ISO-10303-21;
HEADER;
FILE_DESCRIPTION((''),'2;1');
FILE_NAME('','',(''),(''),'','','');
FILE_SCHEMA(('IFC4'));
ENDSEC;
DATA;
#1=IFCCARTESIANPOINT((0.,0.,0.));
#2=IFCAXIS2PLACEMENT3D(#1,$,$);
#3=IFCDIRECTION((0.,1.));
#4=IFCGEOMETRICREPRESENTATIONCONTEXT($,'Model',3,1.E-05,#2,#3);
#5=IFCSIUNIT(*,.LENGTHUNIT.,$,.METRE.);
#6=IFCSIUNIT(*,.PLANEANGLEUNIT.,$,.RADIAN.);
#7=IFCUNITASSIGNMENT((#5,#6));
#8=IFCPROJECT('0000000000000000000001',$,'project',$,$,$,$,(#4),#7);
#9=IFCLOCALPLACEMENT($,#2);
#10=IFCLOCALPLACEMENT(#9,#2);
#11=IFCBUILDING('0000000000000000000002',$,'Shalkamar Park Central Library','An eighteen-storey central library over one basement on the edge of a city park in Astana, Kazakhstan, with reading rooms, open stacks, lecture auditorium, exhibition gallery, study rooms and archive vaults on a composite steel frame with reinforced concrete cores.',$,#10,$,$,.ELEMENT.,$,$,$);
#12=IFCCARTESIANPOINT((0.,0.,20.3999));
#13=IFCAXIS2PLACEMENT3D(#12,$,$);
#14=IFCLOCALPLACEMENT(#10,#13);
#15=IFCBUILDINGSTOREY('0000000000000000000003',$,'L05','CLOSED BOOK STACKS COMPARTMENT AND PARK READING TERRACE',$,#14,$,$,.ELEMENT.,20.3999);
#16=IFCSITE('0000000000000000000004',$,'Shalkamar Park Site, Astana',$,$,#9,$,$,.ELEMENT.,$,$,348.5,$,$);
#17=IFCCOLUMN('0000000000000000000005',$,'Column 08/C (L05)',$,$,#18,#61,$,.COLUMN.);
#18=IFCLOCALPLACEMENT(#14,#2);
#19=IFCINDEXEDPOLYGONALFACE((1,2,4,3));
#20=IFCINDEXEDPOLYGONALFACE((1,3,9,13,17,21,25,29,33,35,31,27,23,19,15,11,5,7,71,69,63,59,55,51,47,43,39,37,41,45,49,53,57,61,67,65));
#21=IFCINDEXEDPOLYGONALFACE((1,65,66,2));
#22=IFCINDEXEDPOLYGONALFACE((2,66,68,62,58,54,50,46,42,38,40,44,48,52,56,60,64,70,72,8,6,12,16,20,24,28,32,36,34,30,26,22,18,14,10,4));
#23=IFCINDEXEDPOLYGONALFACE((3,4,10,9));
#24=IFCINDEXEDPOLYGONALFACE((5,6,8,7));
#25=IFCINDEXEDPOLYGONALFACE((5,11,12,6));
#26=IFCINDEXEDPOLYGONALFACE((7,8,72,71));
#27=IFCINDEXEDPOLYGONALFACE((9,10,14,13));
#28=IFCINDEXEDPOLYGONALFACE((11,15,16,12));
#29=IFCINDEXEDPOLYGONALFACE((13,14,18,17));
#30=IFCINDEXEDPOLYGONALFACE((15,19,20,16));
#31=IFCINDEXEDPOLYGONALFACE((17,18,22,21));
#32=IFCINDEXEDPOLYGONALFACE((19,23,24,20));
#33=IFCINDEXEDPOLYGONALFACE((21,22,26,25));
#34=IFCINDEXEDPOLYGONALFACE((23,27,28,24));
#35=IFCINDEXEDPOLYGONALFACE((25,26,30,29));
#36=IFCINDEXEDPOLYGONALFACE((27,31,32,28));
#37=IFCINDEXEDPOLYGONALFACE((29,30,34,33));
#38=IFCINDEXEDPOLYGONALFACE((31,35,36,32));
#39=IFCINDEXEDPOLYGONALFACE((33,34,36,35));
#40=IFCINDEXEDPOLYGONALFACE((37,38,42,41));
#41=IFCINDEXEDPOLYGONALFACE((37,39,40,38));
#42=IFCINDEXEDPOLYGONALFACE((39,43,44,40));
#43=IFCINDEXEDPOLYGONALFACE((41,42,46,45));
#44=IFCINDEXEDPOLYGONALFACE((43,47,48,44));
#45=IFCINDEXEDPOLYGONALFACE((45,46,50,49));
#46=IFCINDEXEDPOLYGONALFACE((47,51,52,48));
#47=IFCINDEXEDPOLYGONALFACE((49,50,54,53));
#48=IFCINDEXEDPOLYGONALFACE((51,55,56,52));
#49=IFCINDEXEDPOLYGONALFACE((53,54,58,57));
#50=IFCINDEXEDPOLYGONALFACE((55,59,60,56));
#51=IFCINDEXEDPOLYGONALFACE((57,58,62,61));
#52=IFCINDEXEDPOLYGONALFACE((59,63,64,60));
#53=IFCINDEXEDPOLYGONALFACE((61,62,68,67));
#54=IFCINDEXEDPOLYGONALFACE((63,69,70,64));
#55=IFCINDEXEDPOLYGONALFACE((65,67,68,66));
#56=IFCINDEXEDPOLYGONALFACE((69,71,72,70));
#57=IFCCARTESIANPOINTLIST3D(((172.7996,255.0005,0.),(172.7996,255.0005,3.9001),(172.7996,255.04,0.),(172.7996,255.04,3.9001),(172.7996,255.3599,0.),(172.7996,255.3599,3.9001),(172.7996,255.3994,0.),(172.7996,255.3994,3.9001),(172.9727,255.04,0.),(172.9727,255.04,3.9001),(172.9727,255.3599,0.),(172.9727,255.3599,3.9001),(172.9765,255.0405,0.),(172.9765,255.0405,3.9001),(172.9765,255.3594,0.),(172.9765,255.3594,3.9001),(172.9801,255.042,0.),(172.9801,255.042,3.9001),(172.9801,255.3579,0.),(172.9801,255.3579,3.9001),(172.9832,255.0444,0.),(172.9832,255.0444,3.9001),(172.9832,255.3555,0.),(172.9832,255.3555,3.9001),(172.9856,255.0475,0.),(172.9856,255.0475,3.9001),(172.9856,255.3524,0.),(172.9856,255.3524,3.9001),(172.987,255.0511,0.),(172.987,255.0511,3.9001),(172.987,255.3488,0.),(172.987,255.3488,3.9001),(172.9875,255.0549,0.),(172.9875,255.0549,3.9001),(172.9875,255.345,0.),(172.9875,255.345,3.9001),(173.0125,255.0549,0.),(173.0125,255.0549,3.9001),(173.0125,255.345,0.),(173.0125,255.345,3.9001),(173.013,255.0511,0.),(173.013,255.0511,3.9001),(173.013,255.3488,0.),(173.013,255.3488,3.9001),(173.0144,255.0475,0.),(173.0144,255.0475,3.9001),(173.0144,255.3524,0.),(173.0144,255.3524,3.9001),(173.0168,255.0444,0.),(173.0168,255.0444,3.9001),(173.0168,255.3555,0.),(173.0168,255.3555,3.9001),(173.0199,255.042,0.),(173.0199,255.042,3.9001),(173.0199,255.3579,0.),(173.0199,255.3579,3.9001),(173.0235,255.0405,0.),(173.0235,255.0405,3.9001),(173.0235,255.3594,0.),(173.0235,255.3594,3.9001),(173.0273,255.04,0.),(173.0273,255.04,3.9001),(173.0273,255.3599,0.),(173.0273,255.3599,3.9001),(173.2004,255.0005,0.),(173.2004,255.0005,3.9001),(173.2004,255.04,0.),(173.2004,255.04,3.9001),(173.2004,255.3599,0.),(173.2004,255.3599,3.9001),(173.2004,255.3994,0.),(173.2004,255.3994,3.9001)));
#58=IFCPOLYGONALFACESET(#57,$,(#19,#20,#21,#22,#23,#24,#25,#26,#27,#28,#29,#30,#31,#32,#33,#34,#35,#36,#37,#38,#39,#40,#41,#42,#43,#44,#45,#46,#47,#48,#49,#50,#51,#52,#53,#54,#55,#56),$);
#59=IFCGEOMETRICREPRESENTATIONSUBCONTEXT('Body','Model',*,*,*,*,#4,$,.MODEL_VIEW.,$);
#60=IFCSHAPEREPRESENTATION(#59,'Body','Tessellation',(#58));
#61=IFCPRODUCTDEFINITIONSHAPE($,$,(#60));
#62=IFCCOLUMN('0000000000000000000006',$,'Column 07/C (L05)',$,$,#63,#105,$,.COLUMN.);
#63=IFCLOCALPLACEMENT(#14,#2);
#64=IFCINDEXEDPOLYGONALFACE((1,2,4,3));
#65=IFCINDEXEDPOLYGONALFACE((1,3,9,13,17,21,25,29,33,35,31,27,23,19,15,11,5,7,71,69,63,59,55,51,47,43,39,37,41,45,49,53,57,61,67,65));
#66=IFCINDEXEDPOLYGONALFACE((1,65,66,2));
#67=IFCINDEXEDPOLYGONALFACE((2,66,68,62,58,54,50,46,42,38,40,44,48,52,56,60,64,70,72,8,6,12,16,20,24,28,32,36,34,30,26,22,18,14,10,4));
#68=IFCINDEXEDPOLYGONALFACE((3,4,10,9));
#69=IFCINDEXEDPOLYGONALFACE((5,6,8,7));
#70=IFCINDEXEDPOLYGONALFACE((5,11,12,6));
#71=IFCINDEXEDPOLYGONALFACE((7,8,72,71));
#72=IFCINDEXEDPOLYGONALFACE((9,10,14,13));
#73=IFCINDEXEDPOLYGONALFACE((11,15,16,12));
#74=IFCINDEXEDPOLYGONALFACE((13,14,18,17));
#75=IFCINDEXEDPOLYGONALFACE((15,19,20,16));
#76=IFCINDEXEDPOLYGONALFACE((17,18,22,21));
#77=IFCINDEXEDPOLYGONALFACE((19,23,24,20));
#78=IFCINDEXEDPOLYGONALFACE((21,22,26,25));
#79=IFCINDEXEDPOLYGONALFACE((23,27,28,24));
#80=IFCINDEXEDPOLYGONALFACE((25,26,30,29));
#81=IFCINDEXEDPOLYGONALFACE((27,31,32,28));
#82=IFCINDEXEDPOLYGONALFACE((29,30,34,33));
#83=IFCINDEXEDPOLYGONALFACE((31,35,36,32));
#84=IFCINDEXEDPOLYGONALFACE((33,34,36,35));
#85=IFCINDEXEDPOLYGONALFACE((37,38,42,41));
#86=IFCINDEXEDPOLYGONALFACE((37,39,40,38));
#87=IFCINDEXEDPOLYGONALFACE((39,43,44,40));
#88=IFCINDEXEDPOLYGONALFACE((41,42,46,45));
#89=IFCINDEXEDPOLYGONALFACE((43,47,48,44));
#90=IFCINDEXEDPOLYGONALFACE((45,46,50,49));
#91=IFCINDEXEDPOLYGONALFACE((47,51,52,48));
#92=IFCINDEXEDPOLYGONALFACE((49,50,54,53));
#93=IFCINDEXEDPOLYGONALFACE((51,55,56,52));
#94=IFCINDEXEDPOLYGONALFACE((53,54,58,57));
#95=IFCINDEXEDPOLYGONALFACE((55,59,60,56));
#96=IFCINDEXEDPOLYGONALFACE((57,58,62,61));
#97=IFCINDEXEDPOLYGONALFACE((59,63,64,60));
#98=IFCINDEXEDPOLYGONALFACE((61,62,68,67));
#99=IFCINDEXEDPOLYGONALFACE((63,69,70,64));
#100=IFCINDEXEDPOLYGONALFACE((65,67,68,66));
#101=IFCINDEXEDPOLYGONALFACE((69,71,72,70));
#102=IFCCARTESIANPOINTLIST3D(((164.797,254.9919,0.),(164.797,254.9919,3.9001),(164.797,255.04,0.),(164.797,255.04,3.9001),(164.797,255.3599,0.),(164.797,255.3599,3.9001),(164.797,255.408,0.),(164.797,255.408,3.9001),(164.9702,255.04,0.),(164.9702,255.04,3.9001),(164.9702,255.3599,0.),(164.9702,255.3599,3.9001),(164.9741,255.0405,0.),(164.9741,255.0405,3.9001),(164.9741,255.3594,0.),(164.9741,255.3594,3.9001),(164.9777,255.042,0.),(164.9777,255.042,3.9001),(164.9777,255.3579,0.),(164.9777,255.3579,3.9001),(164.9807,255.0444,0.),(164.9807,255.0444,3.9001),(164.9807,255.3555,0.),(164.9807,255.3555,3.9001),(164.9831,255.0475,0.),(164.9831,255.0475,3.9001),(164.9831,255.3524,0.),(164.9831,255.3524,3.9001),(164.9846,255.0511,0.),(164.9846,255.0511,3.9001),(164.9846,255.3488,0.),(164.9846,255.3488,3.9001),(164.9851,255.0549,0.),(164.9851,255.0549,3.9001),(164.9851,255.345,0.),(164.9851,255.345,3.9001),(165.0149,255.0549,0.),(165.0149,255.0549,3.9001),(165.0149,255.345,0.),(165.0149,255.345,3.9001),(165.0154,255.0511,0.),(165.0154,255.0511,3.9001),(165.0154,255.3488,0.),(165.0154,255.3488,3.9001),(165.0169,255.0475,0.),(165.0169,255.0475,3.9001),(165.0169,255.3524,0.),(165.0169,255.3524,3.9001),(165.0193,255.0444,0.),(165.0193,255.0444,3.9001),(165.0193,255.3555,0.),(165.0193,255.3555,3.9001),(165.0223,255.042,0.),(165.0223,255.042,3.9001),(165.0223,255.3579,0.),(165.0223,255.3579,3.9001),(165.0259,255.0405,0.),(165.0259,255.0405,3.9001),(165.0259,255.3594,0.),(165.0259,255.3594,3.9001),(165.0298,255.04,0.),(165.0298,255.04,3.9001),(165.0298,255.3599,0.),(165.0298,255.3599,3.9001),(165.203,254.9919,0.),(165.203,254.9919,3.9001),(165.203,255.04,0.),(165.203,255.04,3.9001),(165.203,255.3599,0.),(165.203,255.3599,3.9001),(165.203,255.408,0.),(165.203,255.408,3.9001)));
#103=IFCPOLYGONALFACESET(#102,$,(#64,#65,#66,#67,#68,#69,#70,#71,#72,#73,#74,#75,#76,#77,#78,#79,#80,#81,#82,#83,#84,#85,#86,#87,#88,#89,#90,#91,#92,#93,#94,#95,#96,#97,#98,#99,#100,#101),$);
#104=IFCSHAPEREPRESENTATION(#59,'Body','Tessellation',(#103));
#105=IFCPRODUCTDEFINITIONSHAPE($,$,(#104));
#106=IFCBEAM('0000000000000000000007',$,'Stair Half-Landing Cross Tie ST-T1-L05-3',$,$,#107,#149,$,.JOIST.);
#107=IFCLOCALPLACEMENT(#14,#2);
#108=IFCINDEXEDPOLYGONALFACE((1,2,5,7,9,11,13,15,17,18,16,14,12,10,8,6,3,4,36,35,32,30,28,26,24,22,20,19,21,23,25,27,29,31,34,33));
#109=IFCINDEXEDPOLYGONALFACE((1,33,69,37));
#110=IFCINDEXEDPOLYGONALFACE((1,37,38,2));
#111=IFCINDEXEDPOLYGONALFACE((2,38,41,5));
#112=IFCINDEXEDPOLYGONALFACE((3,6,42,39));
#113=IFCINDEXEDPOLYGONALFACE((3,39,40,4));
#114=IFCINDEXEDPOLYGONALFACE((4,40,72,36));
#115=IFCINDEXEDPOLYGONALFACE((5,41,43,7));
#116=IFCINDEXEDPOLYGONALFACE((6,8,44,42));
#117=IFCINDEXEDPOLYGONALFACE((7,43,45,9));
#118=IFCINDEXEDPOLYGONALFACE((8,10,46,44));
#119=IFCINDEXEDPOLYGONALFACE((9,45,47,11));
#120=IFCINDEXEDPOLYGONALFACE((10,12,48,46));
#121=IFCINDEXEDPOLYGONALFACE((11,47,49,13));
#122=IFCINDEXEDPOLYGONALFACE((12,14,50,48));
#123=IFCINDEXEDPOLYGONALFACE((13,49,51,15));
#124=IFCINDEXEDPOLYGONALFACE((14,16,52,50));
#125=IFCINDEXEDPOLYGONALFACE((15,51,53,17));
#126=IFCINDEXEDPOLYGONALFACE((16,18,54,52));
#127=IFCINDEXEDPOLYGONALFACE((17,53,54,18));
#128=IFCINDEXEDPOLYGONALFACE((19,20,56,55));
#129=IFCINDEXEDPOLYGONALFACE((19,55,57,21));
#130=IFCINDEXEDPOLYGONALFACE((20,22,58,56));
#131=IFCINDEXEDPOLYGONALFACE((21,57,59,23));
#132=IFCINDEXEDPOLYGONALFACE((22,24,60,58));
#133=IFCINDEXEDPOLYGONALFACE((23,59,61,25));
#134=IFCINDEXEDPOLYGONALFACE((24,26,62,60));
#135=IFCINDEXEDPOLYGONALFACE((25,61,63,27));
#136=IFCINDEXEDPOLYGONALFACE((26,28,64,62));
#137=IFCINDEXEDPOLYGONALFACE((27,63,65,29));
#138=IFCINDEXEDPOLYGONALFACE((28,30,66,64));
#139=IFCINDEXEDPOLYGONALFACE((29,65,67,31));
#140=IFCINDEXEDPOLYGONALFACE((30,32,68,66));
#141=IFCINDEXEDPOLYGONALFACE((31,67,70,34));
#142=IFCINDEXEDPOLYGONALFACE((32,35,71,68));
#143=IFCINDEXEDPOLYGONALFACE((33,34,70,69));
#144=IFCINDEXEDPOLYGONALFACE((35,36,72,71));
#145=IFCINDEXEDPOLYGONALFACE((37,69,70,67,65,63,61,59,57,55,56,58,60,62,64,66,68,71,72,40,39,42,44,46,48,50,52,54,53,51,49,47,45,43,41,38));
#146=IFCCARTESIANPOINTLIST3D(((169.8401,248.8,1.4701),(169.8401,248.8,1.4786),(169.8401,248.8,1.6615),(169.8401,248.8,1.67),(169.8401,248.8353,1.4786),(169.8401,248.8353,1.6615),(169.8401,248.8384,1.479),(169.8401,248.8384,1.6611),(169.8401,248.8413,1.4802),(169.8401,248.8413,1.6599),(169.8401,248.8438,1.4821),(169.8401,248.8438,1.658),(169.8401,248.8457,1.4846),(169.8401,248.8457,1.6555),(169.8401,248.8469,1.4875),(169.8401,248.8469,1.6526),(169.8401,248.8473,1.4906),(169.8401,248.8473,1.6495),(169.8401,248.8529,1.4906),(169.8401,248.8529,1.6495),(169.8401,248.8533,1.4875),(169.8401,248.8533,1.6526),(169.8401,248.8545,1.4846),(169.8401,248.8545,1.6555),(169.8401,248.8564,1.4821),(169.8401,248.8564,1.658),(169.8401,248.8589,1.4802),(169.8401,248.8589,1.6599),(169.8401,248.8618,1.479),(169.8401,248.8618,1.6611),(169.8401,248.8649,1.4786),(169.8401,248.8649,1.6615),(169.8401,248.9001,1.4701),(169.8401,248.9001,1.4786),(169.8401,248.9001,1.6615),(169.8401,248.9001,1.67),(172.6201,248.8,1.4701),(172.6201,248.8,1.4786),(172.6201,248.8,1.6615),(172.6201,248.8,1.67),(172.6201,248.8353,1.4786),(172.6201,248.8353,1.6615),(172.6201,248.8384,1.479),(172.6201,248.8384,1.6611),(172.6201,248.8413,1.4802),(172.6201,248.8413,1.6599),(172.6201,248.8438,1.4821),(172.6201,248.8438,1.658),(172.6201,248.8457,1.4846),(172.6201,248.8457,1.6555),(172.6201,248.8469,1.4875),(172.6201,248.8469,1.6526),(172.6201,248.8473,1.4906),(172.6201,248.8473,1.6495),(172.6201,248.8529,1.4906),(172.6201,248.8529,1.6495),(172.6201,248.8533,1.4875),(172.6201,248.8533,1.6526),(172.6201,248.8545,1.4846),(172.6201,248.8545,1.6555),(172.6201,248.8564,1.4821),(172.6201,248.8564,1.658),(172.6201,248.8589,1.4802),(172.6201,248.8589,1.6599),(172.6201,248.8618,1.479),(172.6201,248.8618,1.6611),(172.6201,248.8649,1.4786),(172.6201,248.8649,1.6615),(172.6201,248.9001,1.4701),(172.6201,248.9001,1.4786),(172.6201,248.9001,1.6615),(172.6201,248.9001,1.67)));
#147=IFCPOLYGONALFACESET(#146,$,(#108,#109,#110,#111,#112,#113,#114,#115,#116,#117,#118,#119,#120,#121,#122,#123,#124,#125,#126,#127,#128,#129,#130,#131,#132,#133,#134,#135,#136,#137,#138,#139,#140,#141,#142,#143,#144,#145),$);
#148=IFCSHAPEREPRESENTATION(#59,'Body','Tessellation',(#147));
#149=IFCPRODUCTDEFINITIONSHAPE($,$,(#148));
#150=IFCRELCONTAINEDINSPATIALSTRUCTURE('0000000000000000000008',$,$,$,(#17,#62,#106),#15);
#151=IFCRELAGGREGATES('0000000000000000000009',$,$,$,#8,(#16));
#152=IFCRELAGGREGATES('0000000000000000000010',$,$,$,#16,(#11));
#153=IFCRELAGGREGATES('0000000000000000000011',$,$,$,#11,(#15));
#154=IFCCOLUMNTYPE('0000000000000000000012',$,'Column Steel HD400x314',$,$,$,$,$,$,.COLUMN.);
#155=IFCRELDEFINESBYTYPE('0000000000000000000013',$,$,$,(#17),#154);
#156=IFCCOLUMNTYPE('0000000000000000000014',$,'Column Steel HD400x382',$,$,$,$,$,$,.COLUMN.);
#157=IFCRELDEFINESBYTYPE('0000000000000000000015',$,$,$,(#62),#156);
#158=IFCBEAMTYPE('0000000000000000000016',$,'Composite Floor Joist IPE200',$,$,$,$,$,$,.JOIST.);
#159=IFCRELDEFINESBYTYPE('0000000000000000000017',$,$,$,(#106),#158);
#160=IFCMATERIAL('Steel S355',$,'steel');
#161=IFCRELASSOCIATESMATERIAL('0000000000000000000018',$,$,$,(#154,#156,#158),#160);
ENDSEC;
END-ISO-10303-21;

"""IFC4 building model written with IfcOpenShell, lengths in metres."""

from ifc_helpers import new_model, si_unit, direction, frame, origin, origin_2d, place, context, subcontext, project, spatial, i_section, extrude, material, material_profile, profile_set, type_object, element, save


model = new_model("IFC4")

# Units and contexts
model_context = context("Model", 3, precision=1e-05, world=origin(), true_north=direction((0.0, 1.0)))
body_context = subcontext(model_context, "Body", "Model", "MODEL_VIEW")
ifc_project = project(units=[si_unit("LENGTHUNIT", "METRE"), si_unit("PLANEANGLEUNIT", "RADIAN")], contexts=[model_context])

# Site, building, storey
site_placement = place(None, origin())
site = spatial("IfcSite", under=ifc_project, at=site_placement, Name="Shalkamar Park Site, Astana", CompositionType="ELEMENT", RefElevation=348.5)
building_placement = place(site_placement, origin())
building = spatial("IfcBuilding", under=site, at=building_placement, Name="Shalkamar Park Central Library", Description="An eighteen-storey central library over one basement on the edge of a city park in Astana, Kazakhstan, with reading rooms, open stacks, lecture auditorium, exhibition gallery, study rooms and archive vaults on a composite steel frame with reinforced concrete cores.", CompositionType="ELEMENT")
storey_placement = place(building_placement, frame((0.0, 0.0, 20.3999)))
storey = spatial("IfcBuildingStorey", under=building, at=storey_placement, Name="L05", Description="CLOSED BOOK STACKS COMPARTMENT AND PARK READING TERRACE", CompositionType="ELEMENT", Elevation=20.3999)

# Columns
ifc_material_1 = material(Name="Steel S355", Category="steel")
ifc_material_profile_1 = material_profile(ifc_material_1, i_section(OverallWidth=0.4009, OverallDepth=0.3989, WebThickness=0.0249, FlangeThickness=0.0396, FilletRadius=0.0149, at=origin_2d()), Name="HD 400x314")
ifc_profile_set_1 = profile_set([ifc_material_profile_1], Name="Steel S355")
column_type_1 = type_object("IfcColumnType", Name="Column Steel HD400x314", PredefinedType="COLUMN", material=ifc_profile_set_1)
column_1_placement = place(storey_placement, frame((173.0, 255.2, 0.0), z_axis=(0.0, 0.0, 1.0), x_axis=(1.0, 0.0, 0.0)))
element("IfcColumn", 1, at=column_1_placement, inside=storey, type_object=column_type_1, Name="Column 08/C (L05)", PredefinedType="COLUMN", context=body_context, shape_type="SweptSolid", body=[
    extrude(i_section(OverallWidth=0.4009, OverallDepth=0.3989, WebThickness=0.0249, FlangeThickness=0.0396, FilletRadius=0.0149, at=origin_2d()), origin(), (0.0, 0.0, 1.0), 3.9001),
])
ifc_material_profile_2 = material_profile(ifc_material_1, i_section(OverallWidth=0.406, OverallDepth=0.416, WebThickness=0.0298, FlangeThickness=0.0481, FilletRadius=0.0149, at=origin_2d()), Name="HD 400x382")
ifc_profile_set_2 = profile_set([ifc_material_profile_2], Name="Steel S355")
column_type_2 = type_object("IfcColumnType", Name="Column Steel HD400x382", PredefinedType="COLUMN", material=ifc_profile_set_2)
column_2_placement = place(storey_placement, frame((165.0, 255.2, 0.0), z_axis=(0.0, 0.0, 1.0), x_axis=(1.0, 0.0, 0.0)))
element("IfcColumn", 2, at=column_2_placement, inside=storey, type_object=column_type_2, Name="Column 07/C (L05)", PredefinedType="COLUMN", context=body_context, shape_type="SweptSolid", body=[
    extrude(i_section(OverallWidth=0.406, OverallDepth=0.416, WebThickness=0.0298, FlangeThickness=0.0481, FilletRadius=0.0149, at=origin_2d()), origin(), (0.0, 0.0, 1.0), 3.9001),
])

# Beam
ifc_material_profile_3 = material_profile(ifc_material_1, i_section(OverallWidth=0.1001, OverallDepth=0.2, WebThickness=0.0056, FlangeThickness=0.0085, FilletRadius=0.012, at=origin_2d()), Name="IPE 200")
ifc_profile_set_3 = profile_set([ifc_material_profile_3], Name="Steel S355")
beam_type_1 = type_object("IfcBeamType", Name="Composite Floor Joist IPE200", PredefinedType="JOIST", material=ifc_profile_set_3)
beam_1_placement = place(storey_placement, frame((169.8401, 248.8501, 1.5701), z_axis=(1.0, 0.0, 0.0), x_axis=(0.0, 1.0, 0.0)))
element("IfcBeam", 3, at=beam_1_placement, inside=storey, type_object=beam_type_1, Name="Stair Half-Landing Cross Tie ST-T1-L05-3", PredefinedType="JOIST", context=body_context, shape_type="SweptSolid", body=[
    extrude(i_section(OverallWidth=0.1001, OverallDepth=0.2, WebThickness=0.0056, FlangeThickness=0.0085, FilletRadius=0.012, at=origin_2d()), origin(), (0.0, 0.0, 1.0), 2.78),
])

save(model, "model.ifc")
